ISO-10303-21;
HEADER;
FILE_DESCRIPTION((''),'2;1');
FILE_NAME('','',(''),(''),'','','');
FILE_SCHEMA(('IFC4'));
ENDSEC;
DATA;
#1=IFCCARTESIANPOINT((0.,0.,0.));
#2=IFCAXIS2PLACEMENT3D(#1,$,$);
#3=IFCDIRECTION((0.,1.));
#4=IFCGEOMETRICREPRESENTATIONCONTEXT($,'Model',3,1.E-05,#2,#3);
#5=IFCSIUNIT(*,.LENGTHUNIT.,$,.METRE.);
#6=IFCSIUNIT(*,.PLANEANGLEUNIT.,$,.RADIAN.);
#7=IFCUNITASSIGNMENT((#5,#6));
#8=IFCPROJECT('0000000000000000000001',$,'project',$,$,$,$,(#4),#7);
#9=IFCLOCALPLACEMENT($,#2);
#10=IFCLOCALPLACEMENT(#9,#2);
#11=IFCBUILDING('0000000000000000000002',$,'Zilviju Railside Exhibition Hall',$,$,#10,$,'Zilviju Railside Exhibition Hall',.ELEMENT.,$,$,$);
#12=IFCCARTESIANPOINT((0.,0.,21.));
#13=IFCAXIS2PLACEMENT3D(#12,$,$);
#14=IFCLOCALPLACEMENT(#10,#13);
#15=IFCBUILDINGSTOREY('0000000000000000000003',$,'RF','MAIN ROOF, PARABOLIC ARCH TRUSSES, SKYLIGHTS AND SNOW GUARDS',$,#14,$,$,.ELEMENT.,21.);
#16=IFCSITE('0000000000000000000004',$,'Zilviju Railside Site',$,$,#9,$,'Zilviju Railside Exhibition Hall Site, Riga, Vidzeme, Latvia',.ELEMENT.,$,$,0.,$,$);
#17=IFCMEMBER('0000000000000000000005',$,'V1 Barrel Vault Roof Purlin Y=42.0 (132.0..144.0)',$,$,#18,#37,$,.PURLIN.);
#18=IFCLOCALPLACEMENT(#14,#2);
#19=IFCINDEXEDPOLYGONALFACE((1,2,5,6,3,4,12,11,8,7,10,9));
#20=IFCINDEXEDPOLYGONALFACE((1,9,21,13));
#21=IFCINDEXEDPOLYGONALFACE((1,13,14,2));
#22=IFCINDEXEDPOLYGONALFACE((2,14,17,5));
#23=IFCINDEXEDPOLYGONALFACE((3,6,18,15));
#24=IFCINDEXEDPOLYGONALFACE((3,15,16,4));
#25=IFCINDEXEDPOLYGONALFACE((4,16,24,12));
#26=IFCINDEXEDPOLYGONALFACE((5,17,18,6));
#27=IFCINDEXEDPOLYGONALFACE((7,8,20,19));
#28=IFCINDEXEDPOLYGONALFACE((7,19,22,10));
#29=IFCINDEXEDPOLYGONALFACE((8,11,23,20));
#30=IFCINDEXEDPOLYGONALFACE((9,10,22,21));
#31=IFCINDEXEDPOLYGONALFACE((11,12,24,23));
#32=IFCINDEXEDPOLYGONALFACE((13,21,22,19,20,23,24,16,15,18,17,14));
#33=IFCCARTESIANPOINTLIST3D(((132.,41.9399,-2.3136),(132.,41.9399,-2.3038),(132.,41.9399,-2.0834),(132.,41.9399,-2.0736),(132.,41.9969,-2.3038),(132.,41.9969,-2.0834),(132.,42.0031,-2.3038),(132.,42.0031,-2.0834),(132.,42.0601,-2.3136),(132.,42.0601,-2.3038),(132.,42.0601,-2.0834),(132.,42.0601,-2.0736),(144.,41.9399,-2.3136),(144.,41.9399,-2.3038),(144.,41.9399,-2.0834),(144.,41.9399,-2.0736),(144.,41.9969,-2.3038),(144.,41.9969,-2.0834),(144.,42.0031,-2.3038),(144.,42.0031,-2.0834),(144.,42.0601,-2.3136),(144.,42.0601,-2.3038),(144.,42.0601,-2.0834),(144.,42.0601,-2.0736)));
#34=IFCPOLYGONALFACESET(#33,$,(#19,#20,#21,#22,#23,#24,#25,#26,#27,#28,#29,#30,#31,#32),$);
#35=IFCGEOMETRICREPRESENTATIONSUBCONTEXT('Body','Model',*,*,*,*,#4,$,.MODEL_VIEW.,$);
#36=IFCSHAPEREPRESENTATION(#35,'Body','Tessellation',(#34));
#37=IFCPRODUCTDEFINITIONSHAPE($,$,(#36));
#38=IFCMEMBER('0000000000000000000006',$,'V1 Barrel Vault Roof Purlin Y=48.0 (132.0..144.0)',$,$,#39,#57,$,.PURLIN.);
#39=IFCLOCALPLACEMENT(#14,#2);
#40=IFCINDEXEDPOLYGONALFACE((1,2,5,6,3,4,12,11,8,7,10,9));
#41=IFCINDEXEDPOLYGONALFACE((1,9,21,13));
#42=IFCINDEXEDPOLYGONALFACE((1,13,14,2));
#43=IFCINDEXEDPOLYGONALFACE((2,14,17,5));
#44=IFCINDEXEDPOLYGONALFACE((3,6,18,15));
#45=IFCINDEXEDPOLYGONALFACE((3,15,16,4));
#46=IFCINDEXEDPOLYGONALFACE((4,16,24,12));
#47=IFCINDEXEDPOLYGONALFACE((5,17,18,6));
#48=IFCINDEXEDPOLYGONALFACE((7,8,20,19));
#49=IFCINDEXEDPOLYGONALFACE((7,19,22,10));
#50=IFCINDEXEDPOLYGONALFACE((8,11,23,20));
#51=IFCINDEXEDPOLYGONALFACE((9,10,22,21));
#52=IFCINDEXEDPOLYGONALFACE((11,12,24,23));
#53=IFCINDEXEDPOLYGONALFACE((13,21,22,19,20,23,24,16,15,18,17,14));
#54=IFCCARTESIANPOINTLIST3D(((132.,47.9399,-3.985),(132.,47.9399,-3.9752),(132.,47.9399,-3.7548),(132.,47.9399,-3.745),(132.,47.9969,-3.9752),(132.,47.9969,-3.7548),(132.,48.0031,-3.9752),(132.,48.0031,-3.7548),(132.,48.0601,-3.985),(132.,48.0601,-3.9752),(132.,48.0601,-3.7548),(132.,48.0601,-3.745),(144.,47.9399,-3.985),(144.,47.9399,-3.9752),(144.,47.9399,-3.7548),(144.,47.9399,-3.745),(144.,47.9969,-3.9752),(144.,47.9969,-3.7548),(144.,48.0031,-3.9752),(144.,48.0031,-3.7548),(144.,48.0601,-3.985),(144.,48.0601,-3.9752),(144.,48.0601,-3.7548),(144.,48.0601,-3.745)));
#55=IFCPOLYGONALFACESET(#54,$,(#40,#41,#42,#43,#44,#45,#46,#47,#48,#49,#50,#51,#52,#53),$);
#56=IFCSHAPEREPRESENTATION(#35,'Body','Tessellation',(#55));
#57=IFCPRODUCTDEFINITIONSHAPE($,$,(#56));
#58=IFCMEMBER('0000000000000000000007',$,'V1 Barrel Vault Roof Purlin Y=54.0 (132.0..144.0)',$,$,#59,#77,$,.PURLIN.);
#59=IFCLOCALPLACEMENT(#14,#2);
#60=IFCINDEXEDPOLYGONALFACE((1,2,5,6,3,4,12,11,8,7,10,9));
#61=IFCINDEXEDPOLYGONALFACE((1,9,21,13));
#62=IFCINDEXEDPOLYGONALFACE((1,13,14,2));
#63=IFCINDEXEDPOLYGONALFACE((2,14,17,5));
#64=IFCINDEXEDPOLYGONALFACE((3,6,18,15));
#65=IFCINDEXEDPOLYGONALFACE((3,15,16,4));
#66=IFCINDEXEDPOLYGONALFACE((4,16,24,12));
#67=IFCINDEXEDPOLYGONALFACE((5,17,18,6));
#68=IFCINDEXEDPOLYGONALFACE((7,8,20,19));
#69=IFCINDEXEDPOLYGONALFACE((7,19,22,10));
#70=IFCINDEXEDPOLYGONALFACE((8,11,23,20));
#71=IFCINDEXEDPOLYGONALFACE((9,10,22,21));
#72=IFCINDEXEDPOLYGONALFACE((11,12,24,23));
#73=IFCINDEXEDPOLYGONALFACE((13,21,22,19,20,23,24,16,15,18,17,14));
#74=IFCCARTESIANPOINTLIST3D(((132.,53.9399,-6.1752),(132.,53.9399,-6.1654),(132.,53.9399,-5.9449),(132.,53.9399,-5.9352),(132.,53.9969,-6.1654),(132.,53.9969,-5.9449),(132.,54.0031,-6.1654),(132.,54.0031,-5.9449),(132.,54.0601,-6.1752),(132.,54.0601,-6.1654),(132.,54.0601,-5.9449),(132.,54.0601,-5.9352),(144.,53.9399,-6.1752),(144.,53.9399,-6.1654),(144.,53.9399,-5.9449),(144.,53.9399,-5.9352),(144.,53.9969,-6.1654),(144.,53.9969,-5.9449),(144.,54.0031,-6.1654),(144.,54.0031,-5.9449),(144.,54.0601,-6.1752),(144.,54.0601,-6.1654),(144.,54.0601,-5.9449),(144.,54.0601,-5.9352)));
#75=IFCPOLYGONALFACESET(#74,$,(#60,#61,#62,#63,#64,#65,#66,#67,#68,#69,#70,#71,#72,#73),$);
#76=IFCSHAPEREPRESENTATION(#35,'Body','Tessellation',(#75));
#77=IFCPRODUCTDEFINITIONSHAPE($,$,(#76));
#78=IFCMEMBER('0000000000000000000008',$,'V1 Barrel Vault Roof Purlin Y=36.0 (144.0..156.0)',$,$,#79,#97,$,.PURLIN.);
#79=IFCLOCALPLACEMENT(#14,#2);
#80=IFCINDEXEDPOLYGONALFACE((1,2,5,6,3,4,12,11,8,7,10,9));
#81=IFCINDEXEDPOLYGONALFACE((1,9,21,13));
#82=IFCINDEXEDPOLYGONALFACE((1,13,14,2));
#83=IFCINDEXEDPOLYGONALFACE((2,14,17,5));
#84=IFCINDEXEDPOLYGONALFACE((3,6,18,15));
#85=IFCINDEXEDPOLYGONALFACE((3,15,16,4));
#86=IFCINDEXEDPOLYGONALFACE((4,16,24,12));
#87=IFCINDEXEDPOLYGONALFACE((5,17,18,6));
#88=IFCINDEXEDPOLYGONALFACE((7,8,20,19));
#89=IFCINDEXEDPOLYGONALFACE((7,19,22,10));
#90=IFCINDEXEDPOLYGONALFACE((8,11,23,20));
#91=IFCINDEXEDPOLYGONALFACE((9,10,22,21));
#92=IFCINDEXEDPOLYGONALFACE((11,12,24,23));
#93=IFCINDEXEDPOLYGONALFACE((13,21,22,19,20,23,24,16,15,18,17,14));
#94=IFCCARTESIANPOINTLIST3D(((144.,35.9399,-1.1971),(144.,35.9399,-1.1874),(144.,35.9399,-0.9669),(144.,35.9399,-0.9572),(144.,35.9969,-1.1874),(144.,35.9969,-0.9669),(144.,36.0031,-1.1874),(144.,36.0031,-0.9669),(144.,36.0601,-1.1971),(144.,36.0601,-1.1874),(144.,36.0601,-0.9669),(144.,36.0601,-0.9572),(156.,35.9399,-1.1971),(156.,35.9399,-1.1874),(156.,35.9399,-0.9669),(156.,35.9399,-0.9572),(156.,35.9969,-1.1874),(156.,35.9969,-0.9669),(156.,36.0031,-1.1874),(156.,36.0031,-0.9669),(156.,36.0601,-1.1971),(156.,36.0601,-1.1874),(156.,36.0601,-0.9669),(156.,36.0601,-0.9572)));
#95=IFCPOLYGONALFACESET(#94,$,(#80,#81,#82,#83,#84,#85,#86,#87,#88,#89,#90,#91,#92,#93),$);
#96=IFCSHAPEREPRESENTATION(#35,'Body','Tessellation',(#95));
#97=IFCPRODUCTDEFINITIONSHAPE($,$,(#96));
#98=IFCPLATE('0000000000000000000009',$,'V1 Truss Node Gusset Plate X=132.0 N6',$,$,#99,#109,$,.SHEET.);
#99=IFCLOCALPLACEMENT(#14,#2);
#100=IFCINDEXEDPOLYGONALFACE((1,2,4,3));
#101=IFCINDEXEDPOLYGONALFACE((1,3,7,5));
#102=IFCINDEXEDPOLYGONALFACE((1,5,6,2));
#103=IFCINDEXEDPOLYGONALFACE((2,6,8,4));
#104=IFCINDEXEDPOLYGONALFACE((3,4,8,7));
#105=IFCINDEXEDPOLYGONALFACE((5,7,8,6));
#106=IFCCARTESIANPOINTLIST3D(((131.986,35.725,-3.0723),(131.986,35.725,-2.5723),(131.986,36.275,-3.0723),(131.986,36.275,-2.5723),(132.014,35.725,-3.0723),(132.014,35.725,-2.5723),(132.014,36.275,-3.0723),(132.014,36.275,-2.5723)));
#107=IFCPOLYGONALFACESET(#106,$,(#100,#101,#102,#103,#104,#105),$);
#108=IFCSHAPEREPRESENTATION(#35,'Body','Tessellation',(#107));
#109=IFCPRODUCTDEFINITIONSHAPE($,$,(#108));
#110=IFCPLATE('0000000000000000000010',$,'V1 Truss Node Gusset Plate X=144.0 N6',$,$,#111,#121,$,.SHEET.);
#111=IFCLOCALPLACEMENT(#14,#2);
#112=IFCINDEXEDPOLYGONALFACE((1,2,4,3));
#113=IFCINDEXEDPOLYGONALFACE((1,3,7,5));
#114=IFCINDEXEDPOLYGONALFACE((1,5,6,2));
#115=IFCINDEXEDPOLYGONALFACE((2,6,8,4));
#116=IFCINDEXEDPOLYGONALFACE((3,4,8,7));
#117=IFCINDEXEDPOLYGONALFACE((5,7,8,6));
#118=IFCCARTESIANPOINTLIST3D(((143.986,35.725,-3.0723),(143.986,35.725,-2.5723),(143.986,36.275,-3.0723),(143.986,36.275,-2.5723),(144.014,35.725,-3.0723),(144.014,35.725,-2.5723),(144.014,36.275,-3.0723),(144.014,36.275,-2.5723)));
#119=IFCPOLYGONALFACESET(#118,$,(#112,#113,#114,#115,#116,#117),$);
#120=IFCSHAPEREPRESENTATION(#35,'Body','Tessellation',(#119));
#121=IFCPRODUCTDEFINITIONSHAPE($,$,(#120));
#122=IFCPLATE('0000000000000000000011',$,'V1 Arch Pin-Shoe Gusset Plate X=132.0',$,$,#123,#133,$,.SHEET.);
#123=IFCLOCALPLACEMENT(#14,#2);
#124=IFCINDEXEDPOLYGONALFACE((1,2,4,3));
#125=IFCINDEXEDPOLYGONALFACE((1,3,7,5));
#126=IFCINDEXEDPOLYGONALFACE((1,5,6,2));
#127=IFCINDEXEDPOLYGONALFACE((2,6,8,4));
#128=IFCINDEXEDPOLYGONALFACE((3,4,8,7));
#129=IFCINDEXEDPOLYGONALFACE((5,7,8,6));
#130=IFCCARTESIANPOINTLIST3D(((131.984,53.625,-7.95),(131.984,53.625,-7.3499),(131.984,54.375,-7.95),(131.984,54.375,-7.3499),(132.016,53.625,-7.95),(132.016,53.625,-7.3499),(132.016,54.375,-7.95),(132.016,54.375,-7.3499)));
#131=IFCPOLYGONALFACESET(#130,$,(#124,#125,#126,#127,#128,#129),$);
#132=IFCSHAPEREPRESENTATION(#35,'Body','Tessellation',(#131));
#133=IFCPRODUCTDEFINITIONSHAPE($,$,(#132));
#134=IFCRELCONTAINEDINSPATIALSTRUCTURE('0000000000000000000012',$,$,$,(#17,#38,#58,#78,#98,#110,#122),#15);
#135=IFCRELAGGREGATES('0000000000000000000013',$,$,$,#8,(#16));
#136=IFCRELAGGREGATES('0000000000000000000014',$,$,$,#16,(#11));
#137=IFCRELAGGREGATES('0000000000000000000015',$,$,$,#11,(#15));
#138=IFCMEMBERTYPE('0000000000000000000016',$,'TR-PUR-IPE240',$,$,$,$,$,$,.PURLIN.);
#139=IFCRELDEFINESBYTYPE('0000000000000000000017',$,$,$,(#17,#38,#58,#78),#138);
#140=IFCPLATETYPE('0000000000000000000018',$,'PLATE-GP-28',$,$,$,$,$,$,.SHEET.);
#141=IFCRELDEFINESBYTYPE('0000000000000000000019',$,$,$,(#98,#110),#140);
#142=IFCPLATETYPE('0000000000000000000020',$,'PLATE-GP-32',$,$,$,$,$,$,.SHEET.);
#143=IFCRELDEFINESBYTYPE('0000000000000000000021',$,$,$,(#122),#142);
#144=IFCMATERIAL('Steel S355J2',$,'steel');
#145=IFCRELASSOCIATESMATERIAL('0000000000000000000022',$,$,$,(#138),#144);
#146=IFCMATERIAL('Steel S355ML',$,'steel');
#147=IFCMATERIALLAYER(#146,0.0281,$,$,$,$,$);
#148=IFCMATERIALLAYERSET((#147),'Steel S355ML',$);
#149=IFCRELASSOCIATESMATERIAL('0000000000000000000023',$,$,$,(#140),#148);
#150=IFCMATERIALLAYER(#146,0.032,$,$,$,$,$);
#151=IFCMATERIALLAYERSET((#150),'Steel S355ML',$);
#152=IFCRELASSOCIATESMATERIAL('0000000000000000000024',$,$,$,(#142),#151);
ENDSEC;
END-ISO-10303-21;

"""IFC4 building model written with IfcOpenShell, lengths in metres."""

from ifc_helpers import new_model, si_unit, direction, frame, origin, origin_2d, place, context, subcontext, project, spatial, rectangle, i_section, extrude, material, layer, layer_set, material_profile, profile_set, type_object, element, save


model = new_model("IFC4")

# Units and contexts
model_context = context("Model", 3, precision=1e-05, world=origin(), true_north=direction((0.0, 1.0)))
body_context = subcontext(model_context, "Body", "Model", "MODEL_VIEW")
ifc_project = project(units=[si_unit("LENGTHUNIT", "METRE"), si_unit("PLANEANGLEUNIT", "RADIAN")], contexts=[model_context])

# Site, building, storey
site_placement = place(None, origin())
site = spatial("IfcSite", under=ifc_project, at=site_placement, Name="Zilviju Railside Site", LongName="Zilviju Railside Exhibition Hall Site, Riga, Vidzeme, Latvia", CompositionType="ELEMENT", RefElevation=0.0)
building_placement = place(site_placement, origin())
building = spatial("IfcBuilding", under=site, at=building_placement, Name="Zilviju Railside Exhibition Hall", LongName="Zilviju Railside Exhibition Hall", CompositionType="ELEMENT")
storey_placement = place(building_placement, frame((0.0, 0.0, 21.0)))
storey = spatial("IfcBuildingStorey", under=building, at=storey_placement, Name="RF", Description="MAIN ROOF, PARABOLIC ARCH TRUSSES, SKYLIGHTS AND SNOW GUARDS", CompositionType="ELEMENT", Elevation=21.0)

# Members
ifc_material_1 = material(Name="Steel S355J2", Category="steel")
ifc_material_profile_1 = material_profile(ifc_material_1, i_section(OverallWidth=0.1201, OverallDepth=0.24, WebThickness=0.0061, FlangeThickness=0.0098, at=origin_2d()), Name="IPE 240")
ifc_profile_set_1 = profile_set([ifc_material_profile_1], Name="Steel S355J2")
member_type_1 = type_object("IfcMemberType", Name="TR-PUR-IPE240", PredefinedType="PURLIN", material=ifc_profile_set_1)
for number, where, z_axis, x_axis, name in (
    (1, (132.0, 42.0, -2.1936), (1.0, 0.0, 0.0), (0.0, 1.0, 0.0), "V1 Barrel Vault Roof Purlin Y=42.0 (132.0..144.0)"),
    (2, (132.0, 48.0, -3.865), (1.0, 0.0, 0.0), (0.0, 1.0, 0.0), "V1 Barrel Vault Roof Purlin Y=48.0 (132.0..144.0)"),
    (3, (132.0, 54.0, -6.0552), (1.0, 0.0, 0.0), (0.0, 1.0, 0.0), "V1 Barrel Vault Roof Purlin Y=54.0 (132.0..144.0)"),
    (4, (144.0, 36.0, -1.0771), (1.0, 0.0, 0.0), (0.0, 1.0, 0.0), "V1 Barrel Vault Roof Purlin Y=36.0 (144.0..156.0)"),
):
    element("IfcMember", number, at=place(storey_placement, frame(where, z_axis=z_axis, x_axis=x_axis)), inside=storey, type_object=member_type_1, Name=name, PredefinedType="PURLIN", context=body_context, shape_type="SweptSolid", body=[
        extrude(i_section(OverallWidth=0.1201, OverallDepth=0.24, WebThickness=0.0061, FlangeThickness=0.0098, at=origin_2d()), origin(), (0.0, 0.0, 1.0), 12.0),
    ])

# Plates
ifc_material_2 = material(Name="Steel S355ML", Category="steel")
ifc_layer_1 = layer(ifc_material_2, 0.0281)
ifc_layer_set_1 = layer_set([ifc_layer_1], Name="Steel S355ML")
plate_type_1 = type_object("IfcPlateType", Name="PLATE-GP-28", PredefinedType="SHEET", material=ifc_layer_set_1)
for number, where, z_axis, x_axis, name in (
    (5, (132.0, 36.0, -3.0723), (0.0, 0.0, 1.0), (1.0, 0.0, 0.0), "V1 Truss Node Gusset Plate X=132.0 N6"),
    (6, (144.0, 36.0, -3.0723), (0.0, 0.0, 1.0), (1.0, 0.0, 0.0), "V1 Truss Node Gusset Plate X=144.0 N6"),
):
    element("IfcPlate", number, at=place(storey_placement, frame(where, z_axis=z_axis, x_axis=x_axis)), inside=storey, type_object=plate_type_1, Name=name, PredefinedType="SHEET", context=body_context, shape_type="SweptSolid", body=[
        extrude(rectangle(XDim=0.0281, YDim=0.55, at=origin_2d()), origin(), (0.0, 0.0, 1.0), 0.5),
    ])
ifc_layer_2 = layer(ifc_material_2, 0.032)
ifc_layer_set_2 = layer_set([ifc_layer_2], Name="Steel S355ML")
plate_type_2 = type_object("IfcPlateType", Name="PLATE-GP-32", PredefinedType="SHEET", material=ifc_layer_set_2)
plate_placement = place(storey_placement, frame((132.0, 54.0, -7.95), z_axis=(0.0, 0.0, 1.0), x_axis=(1.0, 0.0, 0.0)))
element("IfcPlate", 7, at=plate_placement, inside=storey, type_object=plate_type_2, Name="V1 Arch Pin-Shoe Gusset Plate X=132.0", PredefinedType="SHEET", context=body_context, shape_type="SweptSolid", body=[
    extrude(rectangle(XDim=0.032, YDim=0.75, at=origin_2d()), origin(), (0.0, 0.0, 1.0), 0.6001),
])

save(model, "model.ifc")
